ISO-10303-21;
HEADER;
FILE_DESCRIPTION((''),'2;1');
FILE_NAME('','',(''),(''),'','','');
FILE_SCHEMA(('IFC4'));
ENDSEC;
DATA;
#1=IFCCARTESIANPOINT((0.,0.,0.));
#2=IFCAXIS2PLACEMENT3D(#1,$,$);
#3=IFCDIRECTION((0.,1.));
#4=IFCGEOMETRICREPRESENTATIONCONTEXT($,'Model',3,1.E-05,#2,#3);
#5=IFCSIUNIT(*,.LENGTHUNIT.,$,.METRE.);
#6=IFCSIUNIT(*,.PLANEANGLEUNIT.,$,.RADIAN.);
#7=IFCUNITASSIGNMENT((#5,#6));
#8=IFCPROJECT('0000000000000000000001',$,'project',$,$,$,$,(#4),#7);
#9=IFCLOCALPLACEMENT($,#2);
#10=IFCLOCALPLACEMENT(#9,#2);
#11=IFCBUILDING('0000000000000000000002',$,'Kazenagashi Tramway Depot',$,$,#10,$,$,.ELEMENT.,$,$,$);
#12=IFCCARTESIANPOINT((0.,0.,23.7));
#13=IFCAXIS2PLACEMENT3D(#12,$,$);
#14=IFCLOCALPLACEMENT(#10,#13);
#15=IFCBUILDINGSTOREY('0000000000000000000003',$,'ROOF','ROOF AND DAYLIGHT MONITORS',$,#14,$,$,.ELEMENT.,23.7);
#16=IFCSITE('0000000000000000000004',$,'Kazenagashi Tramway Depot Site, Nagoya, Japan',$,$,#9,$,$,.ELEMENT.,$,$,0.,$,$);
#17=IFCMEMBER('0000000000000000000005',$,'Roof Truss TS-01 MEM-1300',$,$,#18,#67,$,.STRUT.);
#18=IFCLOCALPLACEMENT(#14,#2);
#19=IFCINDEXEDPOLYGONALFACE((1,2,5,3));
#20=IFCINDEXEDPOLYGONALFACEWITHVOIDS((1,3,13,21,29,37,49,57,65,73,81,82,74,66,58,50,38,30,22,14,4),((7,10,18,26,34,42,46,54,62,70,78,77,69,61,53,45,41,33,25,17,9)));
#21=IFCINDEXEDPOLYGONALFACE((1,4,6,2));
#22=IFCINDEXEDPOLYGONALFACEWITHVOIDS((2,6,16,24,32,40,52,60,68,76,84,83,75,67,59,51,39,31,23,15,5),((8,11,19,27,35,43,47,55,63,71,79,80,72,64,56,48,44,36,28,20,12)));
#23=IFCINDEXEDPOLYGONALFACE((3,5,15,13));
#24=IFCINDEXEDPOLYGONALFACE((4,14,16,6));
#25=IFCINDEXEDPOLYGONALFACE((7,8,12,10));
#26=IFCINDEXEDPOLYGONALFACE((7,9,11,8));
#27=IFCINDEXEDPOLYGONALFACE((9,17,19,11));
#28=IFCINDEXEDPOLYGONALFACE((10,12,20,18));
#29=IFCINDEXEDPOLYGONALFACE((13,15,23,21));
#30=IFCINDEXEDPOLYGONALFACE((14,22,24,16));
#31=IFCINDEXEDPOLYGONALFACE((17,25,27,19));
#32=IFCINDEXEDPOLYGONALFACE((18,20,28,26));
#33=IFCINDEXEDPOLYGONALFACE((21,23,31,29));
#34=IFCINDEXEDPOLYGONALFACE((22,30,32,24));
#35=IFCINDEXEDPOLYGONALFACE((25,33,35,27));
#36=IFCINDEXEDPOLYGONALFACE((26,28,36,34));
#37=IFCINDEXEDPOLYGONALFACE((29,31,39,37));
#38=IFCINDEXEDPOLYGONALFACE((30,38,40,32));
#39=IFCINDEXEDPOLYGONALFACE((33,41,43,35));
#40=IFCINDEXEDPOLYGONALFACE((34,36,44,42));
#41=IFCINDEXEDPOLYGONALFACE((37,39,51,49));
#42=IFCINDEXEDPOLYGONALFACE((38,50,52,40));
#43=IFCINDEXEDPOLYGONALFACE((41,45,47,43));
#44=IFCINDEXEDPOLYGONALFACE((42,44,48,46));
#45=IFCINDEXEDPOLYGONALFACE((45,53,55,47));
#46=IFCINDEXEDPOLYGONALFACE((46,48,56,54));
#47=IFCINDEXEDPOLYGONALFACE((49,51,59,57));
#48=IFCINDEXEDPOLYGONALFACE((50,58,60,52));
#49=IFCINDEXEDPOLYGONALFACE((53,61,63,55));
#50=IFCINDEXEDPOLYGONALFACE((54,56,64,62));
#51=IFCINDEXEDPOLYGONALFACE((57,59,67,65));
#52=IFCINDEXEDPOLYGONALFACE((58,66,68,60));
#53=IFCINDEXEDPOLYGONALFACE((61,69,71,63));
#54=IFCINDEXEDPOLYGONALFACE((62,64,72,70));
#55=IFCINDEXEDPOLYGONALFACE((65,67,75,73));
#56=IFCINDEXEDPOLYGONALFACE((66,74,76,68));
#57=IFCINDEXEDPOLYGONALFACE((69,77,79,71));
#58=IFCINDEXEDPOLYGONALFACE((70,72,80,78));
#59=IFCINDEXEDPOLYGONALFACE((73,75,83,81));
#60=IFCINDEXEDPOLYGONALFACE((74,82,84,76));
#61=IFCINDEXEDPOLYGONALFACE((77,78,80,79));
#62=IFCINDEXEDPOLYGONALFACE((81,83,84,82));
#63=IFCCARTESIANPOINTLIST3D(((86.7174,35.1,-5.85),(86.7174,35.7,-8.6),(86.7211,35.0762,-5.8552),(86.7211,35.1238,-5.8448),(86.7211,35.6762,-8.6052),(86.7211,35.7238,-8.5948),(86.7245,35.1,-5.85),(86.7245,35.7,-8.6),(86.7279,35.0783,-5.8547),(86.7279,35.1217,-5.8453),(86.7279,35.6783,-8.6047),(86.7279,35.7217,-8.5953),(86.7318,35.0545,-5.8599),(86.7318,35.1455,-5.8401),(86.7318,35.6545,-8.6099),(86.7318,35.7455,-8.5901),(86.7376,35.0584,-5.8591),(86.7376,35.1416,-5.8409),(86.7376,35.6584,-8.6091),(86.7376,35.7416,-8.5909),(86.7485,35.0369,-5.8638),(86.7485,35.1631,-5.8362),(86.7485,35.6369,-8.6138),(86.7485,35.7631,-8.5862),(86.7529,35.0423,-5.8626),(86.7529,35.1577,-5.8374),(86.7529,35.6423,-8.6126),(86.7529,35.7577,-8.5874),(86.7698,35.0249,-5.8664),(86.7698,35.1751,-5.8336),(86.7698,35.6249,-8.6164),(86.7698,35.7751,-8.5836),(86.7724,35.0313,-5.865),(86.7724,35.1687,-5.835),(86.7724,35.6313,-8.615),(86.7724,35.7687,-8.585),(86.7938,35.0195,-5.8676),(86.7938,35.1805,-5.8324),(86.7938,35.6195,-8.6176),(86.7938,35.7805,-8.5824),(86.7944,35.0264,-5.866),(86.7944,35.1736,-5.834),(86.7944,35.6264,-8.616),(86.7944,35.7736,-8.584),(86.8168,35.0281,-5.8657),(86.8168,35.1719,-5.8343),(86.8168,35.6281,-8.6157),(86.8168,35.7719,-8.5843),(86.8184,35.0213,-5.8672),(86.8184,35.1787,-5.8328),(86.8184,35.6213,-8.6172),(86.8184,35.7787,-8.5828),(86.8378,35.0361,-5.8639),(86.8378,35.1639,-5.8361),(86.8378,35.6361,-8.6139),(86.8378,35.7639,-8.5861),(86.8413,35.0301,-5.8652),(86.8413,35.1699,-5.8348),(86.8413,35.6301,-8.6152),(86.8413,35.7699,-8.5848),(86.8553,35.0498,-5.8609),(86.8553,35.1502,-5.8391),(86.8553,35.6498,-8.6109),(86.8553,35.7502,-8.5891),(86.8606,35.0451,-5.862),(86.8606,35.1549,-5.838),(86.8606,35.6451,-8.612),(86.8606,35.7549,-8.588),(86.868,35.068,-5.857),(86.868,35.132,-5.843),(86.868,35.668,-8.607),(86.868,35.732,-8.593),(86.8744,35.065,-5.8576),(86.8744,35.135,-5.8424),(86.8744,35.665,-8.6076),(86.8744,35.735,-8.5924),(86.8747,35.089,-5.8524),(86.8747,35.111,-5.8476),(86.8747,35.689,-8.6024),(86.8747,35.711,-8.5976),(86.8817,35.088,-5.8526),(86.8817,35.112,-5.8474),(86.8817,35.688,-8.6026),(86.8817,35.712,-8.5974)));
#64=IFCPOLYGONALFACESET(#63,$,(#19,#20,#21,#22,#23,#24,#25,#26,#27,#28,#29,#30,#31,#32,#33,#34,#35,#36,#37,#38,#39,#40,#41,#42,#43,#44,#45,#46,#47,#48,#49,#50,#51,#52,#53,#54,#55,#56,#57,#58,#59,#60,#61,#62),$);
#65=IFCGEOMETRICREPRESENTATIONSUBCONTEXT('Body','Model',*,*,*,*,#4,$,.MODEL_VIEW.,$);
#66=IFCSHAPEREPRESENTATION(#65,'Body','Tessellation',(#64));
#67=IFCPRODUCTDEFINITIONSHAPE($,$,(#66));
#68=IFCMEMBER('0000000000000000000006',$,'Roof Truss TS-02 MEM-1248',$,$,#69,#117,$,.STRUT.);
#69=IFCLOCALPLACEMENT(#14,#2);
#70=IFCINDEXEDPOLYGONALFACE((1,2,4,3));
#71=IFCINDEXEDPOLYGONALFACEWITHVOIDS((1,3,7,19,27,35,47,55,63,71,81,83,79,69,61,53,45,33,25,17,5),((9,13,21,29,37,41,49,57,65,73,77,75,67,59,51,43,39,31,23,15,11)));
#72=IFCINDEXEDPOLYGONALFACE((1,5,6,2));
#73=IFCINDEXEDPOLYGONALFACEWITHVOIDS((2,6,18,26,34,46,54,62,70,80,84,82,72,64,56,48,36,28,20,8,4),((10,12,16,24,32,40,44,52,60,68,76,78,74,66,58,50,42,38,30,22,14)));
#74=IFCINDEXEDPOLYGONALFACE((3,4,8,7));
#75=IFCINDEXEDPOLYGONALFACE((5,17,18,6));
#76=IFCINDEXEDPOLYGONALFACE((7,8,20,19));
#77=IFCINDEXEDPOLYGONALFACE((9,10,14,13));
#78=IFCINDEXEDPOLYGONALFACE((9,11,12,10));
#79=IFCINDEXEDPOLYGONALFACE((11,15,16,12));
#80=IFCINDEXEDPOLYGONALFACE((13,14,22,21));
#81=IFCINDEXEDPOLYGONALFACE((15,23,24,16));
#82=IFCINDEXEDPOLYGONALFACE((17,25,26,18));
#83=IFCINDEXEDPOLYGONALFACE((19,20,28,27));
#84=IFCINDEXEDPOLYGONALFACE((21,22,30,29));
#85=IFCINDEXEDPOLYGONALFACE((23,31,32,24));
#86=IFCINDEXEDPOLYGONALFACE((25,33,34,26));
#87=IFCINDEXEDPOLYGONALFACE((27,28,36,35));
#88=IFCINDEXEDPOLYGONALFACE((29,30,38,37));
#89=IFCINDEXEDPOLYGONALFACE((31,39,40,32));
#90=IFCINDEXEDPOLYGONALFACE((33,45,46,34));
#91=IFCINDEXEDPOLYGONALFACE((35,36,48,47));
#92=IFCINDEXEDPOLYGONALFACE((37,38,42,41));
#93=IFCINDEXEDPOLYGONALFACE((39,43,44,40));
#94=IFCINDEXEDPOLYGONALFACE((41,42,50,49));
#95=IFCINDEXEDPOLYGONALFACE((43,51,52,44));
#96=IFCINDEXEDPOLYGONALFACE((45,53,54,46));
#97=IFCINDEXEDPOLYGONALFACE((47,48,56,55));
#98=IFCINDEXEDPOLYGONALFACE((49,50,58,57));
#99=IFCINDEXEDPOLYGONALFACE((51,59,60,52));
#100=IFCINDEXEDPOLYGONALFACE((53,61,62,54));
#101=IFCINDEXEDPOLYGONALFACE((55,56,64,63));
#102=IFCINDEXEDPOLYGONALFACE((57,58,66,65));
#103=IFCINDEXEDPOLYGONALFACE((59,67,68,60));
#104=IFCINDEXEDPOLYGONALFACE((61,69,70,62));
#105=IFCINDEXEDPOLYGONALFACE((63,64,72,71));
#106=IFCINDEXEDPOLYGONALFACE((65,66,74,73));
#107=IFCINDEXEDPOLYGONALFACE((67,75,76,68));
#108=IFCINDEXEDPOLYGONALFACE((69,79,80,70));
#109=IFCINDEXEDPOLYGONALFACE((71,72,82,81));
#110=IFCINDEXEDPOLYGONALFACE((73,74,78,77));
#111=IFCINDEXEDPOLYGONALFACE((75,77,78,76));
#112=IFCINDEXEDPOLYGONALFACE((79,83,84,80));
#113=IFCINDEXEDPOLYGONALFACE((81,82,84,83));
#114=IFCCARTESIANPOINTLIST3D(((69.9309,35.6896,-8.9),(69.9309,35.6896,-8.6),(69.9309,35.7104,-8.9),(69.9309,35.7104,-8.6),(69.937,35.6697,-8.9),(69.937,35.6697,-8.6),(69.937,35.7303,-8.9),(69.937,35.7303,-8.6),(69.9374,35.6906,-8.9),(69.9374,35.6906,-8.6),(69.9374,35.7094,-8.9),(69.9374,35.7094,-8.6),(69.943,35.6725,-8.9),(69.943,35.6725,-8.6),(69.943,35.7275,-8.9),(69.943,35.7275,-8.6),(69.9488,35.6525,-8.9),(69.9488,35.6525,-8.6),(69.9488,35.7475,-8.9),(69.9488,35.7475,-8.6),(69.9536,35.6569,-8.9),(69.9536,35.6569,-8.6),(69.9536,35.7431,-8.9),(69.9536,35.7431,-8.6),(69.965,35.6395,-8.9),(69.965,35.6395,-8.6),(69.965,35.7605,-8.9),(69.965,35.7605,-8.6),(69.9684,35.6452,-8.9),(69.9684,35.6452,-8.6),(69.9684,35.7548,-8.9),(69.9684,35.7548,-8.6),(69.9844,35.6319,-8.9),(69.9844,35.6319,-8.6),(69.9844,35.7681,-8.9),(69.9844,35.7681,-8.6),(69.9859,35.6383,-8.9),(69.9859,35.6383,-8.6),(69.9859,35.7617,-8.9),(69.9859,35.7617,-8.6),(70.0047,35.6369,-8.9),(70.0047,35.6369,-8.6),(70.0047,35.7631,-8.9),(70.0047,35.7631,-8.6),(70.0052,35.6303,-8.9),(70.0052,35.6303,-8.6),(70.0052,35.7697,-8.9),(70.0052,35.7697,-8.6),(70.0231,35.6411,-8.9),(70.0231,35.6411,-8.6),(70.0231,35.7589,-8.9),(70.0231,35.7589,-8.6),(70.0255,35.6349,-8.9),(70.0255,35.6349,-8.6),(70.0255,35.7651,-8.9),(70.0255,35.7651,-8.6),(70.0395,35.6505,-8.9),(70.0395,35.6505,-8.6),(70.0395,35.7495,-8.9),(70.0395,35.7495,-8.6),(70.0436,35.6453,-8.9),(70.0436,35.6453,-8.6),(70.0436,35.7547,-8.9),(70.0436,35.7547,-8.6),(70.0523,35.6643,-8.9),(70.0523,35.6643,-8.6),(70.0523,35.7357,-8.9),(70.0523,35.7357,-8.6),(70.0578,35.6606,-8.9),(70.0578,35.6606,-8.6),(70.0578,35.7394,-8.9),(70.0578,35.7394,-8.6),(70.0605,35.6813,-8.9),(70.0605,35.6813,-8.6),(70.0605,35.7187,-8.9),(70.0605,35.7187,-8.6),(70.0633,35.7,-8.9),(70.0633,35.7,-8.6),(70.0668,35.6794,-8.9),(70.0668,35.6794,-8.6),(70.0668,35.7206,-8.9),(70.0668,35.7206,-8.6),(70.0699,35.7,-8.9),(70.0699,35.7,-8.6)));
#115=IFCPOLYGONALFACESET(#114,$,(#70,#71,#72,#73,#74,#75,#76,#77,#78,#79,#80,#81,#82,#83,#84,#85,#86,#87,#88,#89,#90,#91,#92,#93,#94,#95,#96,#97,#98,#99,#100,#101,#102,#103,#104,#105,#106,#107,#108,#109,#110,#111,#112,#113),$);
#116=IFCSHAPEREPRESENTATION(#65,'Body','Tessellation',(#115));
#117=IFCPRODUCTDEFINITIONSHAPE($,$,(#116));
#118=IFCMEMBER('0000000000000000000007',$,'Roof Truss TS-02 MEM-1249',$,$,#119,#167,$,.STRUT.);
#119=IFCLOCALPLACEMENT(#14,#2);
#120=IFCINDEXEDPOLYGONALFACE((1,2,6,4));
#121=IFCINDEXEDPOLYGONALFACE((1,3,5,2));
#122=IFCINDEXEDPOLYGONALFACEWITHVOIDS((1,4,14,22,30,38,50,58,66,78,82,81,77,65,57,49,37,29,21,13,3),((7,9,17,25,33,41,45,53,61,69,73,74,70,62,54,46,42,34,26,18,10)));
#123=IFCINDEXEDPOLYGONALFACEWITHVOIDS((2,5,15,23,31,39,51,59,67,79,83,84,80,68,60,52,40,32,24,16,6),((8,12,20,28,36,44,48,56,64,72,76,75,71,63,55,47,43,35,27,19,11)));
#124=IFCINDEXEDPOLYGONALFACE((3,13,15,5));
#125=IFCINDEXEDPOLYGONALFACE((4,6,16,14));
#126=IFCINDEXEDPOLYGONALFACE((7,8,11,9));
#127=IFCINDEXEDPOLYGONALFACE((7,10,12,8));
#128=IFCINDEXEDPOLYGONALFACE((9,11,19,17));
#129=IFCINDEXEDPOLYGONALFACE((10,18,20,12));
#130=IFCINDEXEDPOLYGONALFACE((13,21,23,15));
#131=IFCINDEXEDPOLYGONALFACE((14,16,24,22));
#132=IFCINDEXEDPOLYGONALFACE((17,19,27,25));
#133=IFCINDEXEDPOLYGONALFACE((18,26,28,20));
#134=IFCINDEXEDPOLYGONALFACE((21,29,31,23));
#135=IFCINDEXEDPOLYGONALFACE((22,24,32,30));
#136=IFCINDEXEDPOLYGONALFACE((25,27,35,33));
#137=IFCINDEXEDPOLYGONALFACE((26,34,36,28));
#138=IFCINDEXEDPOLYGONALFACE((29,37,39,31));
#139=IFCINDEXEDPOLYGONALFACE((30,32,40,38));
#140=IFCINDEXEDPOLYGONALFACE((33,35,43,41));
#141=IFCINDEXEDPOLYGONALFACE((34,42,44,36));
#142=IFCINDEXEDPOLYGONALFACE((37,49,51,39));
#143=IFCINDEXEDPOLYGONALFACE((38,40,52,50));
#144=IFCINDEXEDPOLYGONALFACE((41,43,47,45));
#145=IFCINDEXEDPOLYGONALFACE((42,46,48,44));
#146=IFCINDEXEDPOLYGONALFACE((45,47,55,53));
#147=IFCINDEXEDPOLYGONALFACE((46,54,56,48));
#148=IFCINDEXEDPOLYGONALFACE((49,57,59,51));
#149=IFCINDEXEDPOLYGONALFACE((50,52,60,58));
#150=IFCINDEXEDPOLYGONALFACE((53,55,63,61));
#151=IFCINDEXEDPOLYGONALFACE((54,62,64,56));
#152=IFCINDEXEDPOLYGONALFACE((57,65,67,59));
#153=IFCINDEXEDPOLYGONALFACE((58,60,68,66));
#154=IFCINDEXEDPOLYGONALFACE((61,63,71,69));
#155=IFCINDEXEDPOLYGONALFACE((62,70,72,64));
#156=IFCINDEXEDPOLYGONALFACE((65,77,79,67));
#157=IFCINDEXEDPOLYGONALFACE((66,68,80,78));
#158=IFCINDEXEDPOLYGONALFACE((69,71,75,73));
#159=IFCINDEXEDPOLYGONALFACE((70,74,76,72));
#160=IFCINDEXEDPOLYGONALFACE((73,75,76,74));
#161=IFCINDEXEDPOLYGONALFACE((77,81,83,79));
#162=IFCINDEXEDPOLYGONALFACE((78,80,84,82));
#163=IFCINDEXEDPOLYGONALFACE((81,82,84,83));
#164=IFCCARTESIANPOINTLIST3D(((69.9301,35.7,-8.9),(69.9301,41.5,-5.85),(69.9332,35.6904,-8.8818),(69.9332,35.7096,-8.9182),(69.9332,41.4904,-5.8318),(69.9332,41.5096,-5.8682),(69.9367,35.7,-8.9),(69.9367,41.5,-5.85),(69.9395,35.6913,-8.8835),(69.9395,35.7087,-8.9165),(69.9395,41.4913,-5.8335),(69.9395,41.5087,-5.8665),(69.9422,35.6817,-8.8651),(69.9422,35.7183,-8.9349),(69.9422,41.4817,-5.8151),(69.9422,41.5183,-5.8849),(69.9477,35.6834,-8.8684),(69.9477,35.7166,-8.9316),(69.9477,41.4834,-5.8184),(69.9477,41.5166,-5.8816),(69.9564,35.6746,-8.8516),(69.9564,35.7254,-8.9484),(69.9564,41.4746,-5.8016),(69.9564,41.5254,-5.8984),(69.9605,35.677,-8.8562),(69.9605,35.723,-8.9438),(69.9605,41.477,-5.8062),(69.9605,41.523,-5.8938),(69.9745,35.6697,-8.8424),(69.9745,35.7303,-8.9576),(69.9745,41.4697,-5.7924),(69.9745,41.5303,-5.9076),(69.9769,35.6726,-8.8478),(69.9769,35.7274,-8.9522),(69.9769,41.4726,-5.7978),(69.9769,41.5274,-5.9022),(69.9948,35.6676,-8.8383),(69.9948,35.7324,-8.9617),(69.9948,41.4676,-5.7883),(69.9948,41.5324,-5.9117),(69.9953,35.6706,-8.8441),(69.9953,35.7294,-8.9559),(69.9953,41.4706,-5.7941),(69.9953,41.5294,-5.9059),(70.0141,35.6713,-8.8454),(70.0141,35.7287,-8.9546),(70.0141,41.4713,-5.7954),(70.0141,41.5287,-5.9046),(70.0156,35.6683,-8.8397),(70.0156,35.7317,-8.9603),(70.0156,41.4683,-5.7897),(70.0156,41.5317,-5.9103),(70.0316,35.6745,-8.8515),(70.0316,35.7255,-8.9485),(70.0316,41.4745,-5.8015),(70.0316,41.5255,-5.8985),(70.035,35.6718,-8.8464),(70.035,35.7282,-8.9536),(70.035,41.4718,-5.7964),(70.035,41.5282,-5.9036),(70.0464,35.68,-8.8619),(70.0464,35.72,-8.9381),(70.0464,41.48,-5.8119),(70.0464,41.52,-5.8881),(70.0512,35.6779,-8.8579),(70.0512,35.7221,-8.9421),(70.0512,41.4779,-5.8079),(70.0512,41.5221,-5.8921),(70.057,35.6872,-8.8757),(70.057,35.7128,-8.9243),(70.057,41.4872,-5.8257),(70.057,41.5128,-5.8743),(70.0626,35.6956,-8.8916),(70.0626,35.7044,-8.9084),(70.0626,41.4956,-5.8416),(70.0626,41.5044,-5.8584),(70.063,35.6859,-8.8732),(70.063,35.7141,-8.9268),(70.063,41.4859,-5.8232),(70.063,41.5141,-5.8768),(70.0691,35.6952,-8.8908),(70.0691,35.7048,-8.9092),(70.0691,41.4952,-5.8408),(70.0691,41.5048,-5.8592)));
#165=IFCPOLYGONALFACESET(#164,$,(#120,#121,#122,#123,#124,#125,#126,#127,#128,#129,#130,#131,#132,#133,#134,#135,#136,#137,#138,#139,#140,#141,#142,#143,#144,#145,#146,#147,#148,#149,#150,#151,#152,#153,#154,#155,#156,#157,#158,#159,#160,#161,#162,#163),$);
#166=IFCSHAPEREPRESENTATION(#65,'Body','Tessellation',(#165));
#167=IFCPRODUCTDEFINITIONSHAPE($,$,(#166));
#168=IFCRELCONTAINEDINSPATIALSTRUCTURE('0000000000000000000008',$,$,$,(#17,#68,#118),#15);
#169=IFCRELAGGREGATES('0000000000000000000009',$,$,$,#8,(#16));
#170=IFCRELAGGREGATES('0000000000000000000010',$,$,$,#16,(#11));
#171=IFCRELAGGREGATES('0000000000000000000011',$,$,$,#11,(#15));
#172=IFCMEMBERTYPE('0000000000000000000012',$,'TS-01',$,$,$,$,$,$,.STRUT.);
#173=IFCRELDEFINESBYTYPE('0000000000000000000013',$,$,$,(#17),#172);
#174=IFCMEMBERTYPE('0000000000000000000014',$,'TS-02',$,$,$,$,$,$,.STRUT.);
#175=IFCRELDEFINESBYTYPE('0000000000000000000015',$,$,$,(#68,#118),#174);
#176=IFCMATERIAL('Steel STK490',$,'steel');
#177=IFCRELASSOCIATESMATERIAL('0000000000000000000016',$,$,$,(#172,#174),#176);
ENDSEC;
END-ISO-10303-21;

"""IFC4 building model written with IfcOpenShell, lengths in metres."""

from ifc_helpers import new_model, si_unit, direction, frame, origin, origin_2d, place, context, subcontext, project, spatial, hollow_circle, extrude, material, material_profile, profile_set, type_object, element, save


model = new_model("IFC4")

# Units and contexts
model_context = context("Model", 3, precision=1e-05, world=origin(), true_north=direction((0.0, 1.0)))
body_context = subcontext(model_context, "Body", "Model", "MODEL_VIEW")
ifc_project = project(units=[si_unit("LENGTHUNIT", "METRE"), si_unit("PLANEANGLEUNIT", "RADIAN")], contexts=[model_context])

# Site, building, storey
site_placement = place(None, origin())
site = spatial("IfcSite", under=ifc_project, at=site_placement, Name="Kazenagashi Tramway Depot Site, Nagoya, Japan", CompositionType="ELEMENT", RefElevation=0.0)
building_placement = place(site_placement, origin())
building = spatial("IfcBuilding", under=site, at=building_placement, Name="Kazenagashi Tramway Depot", CompositionType="ELEMENT")
storey_placement = place(building_placement, frame((0.0, 0.0, 23.7)))
storey = spatial("IfcBuildingStorey", under=building, at=storey_placement, Name="ROOF", Description="ROOF AND DAYLIGHT MONITORS", CompositionType="ELEMENT", Elevation=23.7)

# Members
ifc_material_1 = material(Name="Steel STK490", Category="steel")
ifc_material_profile_1 = material_profile(ifc_material_1, hollow_circle(Radius=0.0826, WallThickness=0.0071, at=origin_2d()), Name="CHS-165.2x7.1")
ifc_profile_set_1 = profile_set([ifc_material_profile_1], Name="Steel STK490")
member_type_1 = type_object("IfcMemberType", Name="TS-01", PredefinedType="STRUT", material=ifc_profile_set_1)
for number, where, z_axis, x_axis, name in (
    (1, (86.8, 35.1, -5.85), (0.0, 0.213167, -0.977016), (-1.0, 0.0, 0.0), "Roof Truss TS-01 MEM-1300"),
):
    element("IfcMember", number, at=place(storey_placement, frame(where, z_axis=z_axis, x_axis=x_axis)), inside=storey, type_object=member_type_1, Name=name, PredefinedType="STRUT", context=body_context, shape_type="SweptSolid", body=[
        extrude(hollow_circle(Radius=0.0826, WallThickness=0.0071, at=origin_2d()), origin(), (0.0, 0.0, 1.0), 2.8147),
    ])
ifc_material_profile_2 = material_profile(ifc_material_1, hollow_circle(Radius=0.0699, WallThickness=0.0066, at=origin_2d()), Name="CHS-139.8x6.6")
ifc_profile_set_2 = profile_set([ifc_material_profile_2], Name="Steel STK490")
member_type_2 = type_object("IfcMemberType", Name="TS-02", PredefinedType="STRUT", material=ifc_profile_set_2)
member_1_placement = place(storey_placement, frame((70.0, 35.7, -8.9), z_axis=(0.0, 0.0, 1.0), x_axis=(1.0, 0.0, 0.0)))
element("IfcMember", 2, at=member_1_placement, inside=storey, type_object=member_type_2, Name="Roof Truss TS-02 MEM-1248", PredefinedType="STRUT", context=body_context, shape_type="SweptSolid", body=[
    extrude(hollow_circle(Radius=0.0699, WallThickness=0.0066, at=origin_2d()), origin(), (0.0, 0.0, 1.0), 0.3),
])
member_2_placement = place(storey_placement, frame((70.0, 35.7, -8.9), z_axis=(0.0, 0.885084, 0.465432), x_axis=(-1.0, 0.0, 0.0)))
element("IfcMember", 3, at=member_2_placement, inside=storey, type_object=member_type_2, Name="Roof Truss TS-02 MEM-1249", PredefinedType="STRUT", context=body_context, shape_type="SweptSolid", body=[
    extrude(hollow_circle(Radius=0.0699, WallThickness=0.0066, at=origin_2d()), origin(), (0.0, 0.0, 1.0), 6.5531),
])

save(model, "model.ifc")
